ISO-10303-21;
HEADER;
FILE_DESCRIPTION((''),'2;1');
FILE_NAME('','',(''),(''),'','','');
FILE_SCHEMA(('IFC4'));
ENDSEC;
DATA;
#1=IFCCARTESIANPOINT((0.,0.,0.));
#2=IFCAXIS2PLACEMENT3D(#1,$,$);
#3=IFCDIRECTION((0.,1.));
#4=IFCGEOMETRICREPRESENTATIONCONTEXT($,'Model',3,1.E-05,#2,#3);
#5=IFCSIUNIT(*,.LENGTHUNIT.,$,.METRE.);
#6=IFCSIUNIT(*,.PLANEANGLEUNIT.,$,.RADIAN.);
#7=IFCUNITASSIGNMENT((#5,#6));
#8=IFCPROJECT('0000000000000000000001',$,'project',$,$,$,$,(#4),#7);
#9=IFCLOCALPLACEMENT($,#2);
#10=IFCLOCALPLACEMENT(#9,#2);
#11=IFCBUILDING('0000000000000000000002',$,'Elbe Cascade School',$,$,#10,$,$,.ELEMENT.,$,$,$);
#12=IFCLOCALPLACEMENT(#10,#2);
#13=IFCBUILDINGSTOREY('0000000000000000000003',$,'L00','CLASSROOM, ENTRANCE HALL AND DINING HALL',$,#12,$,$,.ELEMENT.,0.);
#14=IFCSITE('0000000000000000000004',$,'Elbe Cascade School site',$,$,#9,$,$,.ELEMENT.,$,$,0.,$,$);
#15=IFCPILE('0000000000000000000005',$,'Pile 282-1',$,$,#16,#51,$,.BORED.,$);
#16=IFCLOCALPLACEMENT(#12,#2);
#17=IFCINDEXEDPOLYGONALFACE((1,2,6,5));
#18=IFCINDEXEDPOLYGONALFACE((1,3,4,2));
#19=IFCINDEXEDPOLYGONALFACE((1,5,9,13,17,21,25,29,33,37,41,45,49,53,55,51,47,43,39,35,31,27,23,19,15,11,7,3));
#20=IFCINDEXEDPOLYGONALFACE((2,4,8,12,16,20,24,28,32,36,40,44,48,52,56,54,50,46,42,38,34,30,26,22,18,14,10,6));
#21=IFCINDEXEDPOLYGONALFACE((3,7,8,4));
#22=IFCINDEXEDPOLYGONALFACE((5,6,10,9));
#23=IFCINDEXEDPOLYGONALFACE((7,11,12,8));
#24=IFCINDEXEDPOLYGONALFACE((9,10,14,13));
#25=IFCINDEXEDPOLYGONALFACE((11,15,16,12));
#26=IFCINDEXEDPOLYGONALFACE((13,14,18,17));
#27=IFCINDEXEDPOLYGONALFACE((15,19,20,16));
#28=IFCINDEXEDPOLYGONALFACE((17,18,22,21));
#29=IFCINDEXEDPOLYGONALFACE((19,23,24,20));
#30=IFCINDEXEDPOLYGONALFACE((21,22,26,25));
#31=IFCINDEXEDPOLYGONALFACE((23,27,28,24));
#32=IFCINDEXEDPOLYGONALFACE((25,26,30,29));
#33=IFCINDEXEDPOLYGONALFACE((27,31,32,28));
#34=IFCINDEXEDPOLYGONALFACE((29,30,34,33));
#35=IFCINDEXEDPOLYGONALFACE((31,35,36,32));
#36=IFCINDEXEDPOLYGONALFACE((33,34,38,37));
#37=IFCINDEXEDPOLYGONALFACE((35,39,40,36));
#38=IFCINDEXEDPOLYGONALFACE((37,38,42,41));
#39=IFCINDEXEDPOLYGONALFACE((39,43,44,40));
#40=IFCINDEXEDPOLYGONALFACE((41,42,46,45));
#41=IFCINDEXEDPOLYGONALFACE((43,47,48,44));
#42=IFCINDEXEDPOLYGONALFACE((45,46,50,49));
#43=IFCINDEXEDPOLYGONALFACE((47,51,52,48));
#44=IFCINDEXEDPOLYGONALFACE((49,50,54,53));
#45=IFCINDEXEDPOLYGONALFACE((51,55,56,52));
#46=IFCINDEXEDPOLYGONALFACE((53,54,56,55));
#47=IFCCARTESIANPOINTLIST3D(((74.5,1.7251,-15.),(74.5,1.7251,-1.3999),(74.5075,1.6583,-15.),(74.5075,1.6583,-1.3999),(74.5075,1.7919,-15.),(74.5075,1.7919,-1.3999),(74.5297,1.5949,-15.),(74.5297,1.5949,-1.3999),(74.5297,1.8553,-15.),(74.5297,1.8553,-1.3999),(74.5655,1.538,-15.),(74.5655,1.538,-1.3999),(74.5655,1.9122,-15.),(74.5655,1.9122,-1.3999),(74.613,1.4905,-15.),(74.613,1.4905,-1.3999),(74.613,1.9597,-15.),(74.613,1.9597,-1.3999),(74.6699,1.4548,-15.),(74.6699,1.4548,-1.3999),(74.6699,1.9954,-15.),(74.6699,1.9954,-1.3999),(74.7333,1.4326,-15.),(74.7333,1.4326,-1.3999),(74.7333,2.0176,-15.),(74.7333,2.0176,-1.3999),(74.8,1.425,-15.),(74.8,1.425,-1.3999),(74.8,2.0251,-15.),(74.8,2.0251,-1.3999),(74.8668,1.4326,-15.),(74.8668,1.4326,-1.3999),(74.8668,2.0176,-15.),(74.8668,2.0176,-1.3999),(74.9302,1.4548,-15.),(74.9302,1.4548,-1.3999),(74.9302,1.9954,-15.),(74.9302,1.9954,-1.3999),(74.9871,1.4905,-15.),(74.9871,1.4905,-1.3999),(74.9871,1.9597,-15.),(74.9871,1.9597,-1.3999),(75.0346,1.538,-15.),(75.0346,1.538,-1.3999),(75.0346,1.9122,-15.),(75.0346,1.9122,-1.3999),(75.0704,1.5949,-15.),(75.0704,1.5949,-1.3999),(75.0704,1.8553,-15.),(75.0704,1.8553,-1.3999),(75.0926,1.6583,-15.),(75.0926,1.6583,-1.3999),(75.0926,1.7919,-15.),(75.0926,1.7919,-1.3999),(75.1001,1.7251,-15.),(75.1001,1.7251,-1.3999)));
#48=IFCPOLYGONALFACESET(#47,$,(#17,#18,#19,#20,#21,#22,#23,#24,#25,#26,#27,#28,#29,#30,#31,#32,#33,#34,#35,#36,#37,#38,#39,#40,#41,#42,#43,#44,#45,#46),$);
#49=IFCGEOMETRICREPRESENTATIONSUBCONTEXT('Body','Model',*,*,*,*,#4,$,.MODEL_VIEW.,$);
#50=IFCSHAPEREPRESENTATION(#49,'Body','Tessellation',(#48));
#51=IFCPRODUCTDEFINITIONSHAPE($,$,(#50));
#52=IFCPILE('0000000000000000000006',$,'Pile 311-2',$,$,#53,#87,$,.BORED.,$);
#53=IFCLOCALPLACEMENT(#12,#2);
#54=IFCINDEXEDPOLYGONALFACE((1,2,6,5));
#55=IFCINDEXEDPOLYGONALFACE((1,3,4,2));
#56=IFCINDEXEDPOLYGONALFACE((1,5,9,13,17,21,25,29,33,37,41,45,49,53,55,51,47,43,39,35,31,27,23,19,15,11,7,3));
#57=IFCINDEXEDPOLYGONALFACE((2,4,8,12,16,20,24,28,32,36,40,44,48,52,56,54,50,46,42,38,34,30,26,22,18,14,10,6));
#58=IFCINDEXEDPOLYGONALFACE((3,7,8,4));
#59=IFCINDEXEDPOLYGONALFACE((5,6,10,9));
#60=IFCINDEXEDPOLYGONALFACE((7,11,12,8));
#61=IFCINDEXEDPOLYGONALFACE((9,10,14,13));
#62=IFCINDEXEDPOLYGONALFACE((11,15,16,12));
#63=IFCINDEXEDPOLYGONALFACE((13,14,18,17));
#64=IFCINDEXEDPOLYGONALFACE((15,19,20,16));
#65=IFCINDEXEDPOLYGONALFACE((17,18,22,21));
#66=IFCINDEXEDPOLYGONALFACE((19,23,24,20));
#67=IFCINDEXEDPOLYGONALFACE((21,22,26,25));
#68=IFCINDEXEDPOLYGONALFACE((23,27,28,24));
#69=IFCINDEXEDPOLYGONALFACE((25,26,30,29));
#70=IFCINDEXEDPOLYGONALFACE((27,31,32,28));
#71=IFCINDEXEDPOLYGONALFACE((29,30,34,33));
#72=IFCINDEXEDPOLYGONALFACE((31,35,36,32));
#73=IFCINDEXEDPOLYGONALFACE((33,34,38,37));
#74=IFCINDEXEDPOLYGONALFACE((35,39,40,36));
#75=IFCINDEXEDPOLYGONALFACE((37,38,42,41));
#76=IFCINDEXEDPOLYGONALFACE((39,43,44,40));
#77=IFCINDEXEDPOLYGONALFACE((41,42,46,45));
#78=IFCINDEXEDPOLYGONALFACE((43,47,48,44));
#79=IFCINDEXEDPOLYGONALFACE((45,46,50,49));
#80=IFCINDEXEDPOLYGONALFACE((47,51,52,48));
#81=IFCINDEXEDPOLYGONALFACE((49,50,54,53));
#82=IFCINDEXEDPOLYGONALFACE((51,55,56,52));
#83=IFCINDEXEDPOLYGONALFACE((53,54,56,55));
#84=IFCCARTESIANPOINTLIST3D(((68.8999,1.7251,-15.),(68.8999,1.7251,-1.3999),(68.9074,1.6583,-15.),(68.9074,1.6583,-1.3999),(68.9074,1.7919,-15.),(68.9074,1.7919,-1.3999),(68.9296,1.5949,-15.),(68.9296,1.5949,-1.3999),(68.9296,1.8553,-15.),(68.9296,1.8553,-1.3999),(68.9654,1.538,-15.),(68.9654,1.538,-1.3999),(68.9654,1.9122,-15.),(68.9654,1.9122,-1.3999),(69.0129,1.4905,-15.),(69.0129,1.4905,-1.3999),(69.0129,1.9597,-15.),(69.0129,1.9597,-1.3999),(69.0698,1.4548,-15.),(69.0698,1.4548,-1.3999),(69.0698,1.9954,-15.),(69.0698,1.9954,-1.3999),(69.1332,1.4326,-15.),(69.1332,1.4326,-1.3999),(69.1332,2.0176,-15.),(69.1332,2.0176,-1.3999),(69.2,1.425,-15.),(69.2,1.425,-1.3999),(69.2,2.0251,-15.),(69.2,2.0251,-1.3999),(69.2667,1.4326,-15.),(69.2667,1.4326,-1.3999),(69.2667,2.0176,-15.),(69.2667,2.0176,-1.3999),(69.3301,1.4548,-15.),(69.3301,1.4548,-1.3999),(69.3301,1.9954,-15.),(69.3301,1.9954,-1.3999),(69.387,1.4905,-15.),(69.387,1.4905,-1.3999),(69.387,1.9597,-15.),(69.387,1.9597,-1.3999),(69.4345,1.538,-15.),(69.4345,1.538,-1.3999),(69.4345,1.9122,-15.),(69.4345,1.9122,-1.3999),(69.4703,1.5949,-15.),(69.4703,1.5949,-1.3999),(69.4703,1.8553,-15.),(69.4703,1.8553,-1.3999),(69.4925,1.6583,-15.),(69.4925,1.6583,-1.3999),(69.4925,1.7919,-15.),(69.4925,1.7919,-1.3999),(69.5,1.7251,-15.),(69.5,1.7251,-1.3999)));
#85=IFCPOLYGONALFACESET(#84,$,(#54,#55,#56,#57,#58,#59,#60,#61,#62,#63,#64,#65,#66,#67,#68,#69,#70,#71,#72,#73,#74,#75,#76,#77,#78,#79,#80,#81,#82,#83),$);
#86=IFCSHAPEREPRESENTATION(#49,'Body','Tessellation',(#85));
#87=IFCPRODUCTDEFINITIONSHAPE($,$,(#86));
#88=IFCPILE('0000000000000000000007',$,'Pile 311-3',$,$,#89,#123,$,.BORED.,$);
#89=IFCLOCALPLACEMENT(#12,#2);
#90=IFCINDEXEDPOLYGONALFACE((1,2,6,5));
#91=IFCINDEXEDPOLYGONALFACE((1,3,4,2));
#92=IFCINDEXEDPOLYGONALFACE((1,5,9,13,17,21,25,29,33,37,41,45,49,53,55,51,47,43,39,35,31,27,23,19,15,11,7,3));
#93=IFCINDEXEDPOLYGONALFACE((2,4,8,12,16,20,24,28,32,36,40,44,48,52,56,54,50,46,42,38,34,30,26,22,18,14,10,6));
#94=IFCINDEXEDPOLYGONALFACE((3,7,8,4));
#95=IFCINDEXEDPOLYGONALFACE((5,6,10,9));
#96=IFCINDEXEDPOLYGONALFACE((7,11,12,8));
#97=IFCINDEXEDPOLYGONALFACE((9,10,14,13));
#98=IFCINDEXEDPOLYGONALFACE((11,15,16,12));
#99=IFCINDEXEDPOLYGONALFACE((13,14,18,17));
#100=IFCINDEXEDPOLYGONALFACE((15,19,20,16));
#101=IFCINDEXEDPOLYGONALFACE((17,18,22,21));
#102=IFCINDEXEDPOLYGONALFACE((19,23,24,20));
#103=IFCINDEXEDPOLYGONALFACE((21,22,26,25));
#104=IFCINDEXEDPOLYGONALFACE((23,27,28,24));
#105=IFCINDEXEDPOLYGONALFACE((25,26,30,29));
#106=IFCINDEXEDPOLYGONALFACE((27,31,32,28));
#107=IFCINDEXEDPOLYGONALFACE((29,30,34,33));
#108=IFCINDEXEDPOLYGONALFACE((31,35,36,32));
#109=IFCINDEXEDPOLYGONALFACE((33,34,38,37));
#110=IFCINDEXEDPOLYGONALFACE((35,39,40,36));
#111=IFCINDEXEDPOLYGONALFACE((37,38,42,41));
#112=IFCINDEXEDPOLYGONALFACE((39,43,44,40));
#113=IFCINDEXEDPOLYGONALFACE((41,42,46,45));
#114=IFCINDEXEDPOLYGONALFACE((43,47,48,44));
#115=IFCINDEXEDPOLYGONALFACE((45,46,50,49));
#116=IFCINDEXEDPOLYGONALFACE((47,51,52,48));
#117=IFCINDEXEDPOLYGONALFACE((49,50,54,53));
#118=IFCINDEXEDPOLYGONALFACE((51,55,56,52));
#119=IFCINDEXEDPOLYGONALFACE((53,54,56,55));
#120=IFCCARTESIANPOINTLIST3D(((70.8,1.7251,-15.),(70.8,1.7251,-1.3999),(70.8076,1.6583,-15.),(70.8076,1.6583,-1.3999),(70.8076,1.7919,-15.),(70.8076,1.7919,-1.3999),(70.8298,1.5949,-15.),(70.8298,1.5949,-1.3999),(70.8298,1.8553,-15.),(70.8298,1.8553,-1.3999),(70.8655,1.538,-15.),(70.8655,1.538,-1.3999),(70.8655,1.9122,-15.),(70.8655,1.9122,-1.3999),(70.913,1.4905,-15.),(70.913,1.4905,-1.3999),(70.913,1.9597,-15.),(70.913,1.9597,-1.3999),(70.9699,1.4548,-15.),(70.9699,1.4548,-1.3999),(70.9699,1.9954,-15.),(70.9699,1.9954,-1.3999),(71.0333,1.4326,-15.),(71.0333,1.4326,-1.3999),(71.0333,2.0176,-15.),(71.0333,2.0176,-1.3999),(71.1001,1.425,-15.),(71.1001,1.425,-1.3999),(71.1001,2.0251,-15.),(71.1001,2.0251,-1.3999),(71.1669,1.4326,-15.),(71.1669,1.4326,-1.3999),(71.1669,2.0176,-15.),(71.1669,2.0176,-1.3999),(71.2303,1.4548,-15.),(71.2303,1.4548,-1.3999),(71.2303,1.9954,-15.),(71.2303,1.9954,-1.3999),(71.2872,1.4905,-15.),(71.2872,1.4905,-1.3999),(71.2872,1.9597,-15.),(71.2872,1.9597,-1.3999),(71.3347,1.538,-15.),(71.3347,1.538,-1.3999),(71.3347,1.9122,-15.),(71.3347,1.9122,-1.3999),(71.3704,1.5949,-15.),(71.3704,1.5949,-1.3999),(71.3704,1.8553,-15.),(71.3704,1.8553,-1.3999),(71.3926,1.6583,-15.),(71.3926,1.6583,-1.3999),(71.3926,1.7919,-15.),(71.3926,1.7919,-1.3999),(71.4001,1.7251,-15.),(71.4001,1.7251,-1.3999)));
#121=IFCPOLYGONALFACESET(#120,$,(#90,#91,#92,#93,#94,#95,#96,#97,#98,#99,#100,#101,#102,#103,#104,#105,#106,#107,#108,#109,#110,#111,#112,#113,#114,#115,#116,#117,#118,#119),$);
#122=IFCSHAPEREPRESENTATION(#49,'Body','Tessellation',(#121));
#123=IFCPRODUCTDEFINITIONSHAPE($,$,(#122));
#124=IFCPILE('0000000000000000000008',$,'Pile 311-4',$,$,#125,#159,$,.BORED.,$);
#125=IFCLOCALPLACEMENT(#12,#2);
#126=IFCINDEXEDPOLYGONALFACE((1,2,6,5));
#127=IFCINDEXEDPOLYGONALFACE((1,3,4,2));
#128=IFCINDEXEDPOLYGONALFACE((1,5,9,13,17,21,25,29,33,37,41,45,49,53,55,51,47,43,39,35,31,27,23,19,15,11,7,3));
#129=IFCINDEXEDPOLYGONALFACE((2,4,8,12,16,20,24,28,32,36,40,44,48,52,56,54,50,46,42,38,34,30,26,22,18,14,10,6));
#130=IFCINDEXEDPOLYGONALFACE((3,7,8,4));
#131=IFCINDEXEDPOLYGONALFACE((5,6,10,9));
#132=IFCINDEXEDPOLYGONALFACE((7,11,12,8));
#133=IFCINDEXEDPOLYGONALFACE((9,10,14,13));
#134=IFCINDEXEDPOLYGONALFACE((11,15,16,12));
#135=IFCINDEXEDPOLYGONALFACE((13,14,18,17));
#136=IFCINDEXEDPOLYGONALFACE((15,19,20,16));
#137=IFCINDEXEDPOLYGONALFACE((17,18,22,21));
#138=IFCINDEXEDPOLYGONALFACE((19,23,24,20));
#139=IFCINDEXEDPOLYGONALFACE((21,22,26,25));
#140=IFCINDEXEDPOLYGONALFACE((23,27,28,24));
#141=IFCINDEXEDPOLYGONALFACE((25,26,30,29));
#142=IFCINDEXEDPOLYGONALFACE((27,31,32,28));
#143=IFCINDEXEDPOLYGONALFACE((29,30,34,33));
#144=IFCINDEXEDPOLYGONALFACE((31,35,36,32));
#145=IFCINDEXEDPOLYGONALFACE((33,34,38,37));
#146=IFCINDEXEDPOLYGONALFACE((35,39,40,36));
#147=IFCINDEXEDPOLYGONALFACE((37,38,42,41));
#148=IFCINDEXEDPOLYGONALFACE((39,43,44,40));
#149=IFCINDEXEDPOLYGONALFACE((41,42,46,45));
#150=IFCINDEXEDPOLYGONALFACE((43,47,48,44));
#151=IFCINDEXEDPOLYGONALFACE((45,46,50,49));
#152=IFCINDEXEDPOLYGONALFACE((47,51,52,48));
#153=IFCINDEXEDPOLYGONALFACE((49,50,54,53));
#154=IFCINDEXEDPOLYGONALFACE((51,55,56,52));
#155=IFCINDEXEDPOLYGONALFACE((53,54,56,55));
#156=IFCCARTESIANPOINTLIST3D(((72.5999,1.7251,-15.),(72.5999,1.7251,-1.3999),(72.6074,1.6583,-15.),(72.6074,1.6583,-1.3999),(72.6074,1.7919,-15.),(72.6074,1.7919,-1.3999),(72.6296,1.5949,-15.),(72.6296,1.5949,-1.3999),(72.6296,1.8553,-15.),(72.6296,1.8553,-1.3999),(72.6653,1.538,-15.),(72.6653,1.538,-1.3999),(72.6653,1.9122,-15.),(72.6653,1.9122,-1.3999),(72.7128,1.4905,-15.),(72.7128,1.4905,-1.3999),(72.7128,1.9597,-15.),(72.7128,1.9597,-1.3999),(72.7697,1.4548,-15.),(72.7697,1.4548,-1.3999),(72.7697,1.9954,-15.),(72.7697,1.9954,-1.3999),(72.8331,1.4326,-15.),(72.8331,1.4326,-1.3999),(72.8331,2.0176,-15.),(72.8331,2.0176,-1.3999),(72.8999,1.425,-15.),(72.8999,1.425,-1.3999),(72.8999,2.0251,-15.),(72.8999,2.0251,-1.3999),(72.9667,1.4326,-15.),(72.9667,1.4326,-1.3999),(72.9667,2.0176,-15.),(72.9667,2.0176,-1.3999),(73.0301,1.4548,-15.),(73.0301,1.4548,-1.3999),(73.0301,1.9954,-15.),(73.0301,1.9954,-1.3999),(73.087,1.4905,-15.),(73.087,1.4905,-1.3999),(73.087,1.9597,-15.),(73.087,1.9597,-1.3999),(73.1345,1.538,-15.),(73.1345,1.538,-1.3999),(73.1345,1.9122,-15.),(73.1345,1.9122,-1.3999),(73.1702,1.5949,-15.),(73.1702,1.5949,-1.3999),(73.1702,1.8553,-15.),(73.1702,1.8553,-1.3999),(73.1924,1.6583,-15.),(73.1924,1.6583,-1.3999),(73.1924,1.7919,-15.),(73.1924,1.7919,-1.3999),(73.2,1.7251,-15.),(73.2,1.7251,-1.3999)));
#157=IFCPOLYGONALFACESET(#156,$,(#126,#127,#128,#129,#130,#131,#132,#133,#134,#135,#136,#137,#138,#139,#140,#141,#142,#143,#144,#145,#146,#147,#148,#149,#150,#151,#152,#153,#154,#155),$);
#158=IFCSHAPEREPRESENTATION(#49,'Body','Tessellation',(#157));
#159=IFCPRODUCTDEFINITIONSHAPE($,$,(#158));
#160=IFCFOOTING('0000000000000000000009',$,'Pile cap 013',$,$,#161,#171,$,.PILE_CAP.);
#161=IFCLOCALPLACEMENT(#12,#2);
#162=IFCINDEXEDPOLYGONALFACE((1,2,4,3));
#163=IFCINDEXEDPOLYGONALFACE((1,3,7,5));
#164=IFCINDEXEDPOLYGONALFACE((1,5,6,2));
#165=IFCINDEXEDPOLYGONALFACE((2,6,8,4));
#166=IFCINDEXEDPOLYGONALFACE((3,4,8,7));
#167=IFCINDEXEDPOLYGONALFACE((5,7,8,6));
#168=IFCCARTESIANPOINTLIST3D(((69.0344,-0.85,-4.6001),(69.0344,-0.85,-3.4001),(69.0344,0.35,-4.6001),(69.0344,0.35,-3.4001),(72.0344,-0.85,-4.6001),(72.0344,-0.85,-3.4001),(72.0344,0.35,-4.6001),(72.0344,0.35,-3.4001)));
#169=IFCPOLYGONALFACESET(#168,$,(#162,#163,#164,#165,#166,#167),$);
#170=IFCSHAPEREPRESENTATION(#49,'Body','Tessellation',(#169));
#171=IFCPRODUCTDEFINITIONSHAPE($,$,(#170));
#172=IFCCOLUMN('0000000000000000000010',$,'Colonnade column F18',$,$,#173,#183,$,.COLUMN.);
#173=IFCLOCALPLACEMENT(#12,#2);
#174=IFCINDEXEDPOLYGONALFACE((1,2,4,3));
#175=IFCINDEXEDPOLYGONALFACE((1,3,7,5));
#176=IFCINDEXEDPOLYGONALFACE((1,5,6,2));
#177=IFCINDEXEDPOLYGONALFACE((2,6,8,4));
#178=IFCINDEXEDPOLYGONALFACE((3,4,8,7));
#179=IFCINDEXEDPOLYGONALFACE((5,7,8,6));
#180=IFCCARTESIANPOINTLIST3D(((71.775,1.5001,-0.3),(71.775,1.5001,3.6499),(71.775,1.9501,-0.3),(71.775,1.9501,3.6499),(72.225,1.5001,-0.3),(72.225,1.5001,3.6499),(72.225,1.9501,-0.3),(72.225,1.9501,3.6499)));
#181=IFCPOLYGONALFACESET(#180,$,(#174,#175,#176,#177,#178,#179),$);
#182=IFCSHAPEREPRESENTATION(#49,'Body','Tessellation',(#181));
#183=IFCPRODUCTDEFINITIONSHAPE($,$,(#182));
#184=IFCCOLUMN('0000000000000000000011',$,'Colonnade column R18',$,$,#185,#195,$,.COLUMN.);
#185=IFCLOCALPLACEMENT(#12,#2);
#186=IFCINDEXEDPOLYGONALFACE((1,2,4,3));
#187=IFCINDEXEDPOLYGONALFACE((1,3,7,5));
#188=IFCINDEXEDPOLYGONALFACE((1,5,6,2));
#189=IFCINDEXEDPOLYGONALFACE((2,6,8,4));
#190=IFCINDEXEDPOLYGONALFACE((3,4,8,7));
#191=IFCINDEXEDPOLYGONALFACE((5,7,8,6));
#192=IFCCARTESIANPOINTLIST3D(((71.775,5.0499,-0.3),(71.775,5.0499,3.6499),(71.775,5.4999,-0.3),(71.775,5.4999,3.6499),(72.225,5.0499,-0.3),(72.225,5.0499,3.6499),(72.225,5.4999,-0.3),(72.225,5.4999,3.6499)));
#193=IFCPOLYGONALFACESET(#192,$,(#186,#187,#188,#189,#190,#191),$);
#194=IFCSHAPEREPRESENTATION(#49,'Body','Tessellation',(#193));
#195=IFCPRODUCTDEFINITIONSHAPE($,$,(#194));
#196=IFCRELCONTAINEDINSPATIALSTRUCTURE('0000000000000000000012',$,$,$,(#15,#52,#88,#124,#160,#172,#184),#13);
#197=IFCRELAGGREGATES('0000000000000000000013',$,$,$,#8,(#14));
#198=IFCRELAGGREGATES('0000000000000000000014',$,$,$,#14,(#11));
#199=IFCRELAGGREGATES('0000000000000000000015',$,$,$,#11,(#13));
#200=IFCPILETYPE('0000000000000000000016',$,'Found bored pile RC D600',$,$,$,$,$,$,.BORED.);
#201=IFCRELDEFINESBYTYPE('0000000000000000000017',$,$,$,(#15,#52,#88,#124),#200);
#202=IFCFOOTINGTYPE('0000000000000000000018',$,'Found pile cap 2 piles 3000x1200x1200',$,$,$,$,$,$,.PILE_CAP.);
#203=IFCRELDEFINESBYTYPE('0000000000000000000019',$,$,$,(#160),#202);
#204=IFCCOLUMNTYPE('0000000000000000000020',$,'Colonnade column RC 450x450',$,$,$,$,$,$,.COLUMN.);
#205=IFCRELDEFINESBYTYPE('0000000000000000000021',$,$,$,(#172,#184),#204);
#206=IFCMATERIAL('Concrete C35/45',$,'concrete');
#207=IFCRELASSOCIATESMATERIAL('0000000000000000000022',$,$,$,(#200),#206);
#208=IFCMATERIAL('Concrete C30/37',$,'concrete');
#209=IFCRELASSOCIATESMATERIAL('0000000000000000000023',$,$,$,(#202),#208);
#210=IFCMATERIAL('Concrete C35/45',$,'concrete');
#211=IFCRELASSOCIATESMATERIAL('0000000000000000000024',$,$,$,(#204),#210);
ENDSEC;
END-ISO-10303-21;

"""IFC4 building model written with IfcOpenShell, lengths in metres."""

from ifc_helpers import new_model, si_unit, direction, frame, origin, origin_2d, place, context, subcontext, project, spatial, rectangle, circle, extrude, material, material_profile, profile_set, type_object, element, save


model = new_model("IFC4")

# Units and contexts
model_context = context("Model", 3, precision=1e-05, world=origin(), true_north=direction((0.0, 1.0)))
body_context = subcontext(model_context, "Body", "Model", "MODEL_VIEW")
ifc_project = project(units=[si_unit("LENGTHUNIT", "METRE"), si_unit("PLANEANGLEUNIT", "RADIAN")], contexts=[model_context])

# Site, building, storey
site_placement = place(None, origin())
site = spatial("IfcSite", under=ifc_project, at=site_placement, Name="Elbe Cascade School site", CompositionType="ELEMENT", RefElevation=0.0)
building_placement = place(site_placement, origin())
building = spatial("IfcBuilding", under=site, at=building_placement, Name="Elbe Cascade School", CompositionType="ELEMENT")
storey_placement = place(building_placement, origin())
storey = spatial("IfcBuildingStorey", under=building, at=storey_placement, Name="L00", Description="CLASSROOM, ENTRANCE HALL AND DINING HALL", CompositionType="ELEMENT", Elevation=0.0)

# Piles
ifc_material_1 = material(Name="Concrete C35/45", Category="concrete")
ifc_material_profile_1 = material_profile(ifc_material_1, circle(Radius=0.3, at=origin_2d()), Name="RC D600")
ifc_profile_set_1 = profile_set([ifc_material_profile_1], Name="Concrete C35/45")
pile_type = type_object("IfcPileType", Name="Found bored pile RC D600", PredefinedType="BORED", material=ifc_profile_set_1)
for number, where, z_axis, x_axis, name in (
    (1, (74.8, 1.7251, -1.3999), (0.0, 0.0, -1.0), (1.0, 0.0, 0.0), "Pile 282-1"),
    (2, (69.2, 1.7251, -1.3999), (0.0, 0.0, -1.0), (1.0, 0.0, 0.0), "Pile 311-2"),
    (3, (71.1001, 1.7251, -1.3999), (0.0, 0.0, -1.0), (1.0, 0.0, 0.0), "Pile 311-3"),
    (4, (72.8999, 1.7251, -1.3999), (0.0, 0.0, -1.0), (1.0, 0.0, 0.0), "Pile 311-4"),
):
    element("IfcPile", number, at=place(storey_placement, frame(where, z_axis=z_axis, x_axis=x_axis)), inside=storey, type_object=pile_type, Name=name, PredefinedType="BORED", context=body_context, shape_type="SweptSolid", body=[
        extrude(circle(Radius=0.3, at=origin_2d()), origin(), (0.0, 0.0, 1.0), 13.6001),
    ])

# Footing
ifc_material_2 = material(Name="Concrete C30/37", Category="concrete")
footing_type = type_object("IfcFootingType", Name="Found pile cap 2 piles 3000x1200x1200", PredefinedType="PILE_CAP", material=ifc_material_2)
footing_placement = place(storey_placement, frame((70.5344, -0.25, -4.6001), z_axis=(0.0, 0.0, 1.0), x_axis=(1.0, 0.0, 0.0)))
element("IfcFooting", 5, at=footing_placement, inside=storey, type_object=footing_type, Name="Pile cap 013", PredefinedType="PILE_CAP", context=body_context, shape_type="SweptSolid", body=[
    extrude(rectangle(XDim=3.0, YDim=1.2, at=origin_2d()), origin(), (0.0, 0.0, 1.0), 1.2),
])

# Columns
ifc_material_3 = material(Name="Concrete C35/45", Category="concrete")
ifc_material_profile_2 = material_profile(ifc_material_3, rectangle(XDim=0.45, YDim=0.45, at=origin_2d()), Name="RC 450x450")
ifc_profile_set_2 = profile_set([ifc_material_profile_2], Name="Concrete C35/45")
column_type = type_object("IfcColumnType", Name="Colonnade column RC 450x450", PredefinedType="COLUMN", material=ifc_profile_set_2)
for number, where, z_axis, x_axis, name in (
    (6, (72.0, 1.7251, -0.3), (0.0, 0.0, 1.0), (1.0, 0.0, 0.0), "Colonnade column F18"),
    (7, (72.0, 5.2749, -0.3), (0.0, 0.0, 1.0), (1.0, 0.0, 0.0), "Colonnade column R18"),
):
    element("IfcColumn", number, at=place(storey_placement, frame(where, z_axis=z_axis, x_axis=x_axis)), inside=storey, type_object=column_type, Name=name, PredefinedType="COLUMN", context=body_context, shape_type="SweptSolid", body=[
        extrude(rectangle(XDim=0.45, YDim=0.45, at=origin_2d()), origin(), (0.0, 0.0, 1.0), 3.95),
    ])

save(model, "model.ifc")
